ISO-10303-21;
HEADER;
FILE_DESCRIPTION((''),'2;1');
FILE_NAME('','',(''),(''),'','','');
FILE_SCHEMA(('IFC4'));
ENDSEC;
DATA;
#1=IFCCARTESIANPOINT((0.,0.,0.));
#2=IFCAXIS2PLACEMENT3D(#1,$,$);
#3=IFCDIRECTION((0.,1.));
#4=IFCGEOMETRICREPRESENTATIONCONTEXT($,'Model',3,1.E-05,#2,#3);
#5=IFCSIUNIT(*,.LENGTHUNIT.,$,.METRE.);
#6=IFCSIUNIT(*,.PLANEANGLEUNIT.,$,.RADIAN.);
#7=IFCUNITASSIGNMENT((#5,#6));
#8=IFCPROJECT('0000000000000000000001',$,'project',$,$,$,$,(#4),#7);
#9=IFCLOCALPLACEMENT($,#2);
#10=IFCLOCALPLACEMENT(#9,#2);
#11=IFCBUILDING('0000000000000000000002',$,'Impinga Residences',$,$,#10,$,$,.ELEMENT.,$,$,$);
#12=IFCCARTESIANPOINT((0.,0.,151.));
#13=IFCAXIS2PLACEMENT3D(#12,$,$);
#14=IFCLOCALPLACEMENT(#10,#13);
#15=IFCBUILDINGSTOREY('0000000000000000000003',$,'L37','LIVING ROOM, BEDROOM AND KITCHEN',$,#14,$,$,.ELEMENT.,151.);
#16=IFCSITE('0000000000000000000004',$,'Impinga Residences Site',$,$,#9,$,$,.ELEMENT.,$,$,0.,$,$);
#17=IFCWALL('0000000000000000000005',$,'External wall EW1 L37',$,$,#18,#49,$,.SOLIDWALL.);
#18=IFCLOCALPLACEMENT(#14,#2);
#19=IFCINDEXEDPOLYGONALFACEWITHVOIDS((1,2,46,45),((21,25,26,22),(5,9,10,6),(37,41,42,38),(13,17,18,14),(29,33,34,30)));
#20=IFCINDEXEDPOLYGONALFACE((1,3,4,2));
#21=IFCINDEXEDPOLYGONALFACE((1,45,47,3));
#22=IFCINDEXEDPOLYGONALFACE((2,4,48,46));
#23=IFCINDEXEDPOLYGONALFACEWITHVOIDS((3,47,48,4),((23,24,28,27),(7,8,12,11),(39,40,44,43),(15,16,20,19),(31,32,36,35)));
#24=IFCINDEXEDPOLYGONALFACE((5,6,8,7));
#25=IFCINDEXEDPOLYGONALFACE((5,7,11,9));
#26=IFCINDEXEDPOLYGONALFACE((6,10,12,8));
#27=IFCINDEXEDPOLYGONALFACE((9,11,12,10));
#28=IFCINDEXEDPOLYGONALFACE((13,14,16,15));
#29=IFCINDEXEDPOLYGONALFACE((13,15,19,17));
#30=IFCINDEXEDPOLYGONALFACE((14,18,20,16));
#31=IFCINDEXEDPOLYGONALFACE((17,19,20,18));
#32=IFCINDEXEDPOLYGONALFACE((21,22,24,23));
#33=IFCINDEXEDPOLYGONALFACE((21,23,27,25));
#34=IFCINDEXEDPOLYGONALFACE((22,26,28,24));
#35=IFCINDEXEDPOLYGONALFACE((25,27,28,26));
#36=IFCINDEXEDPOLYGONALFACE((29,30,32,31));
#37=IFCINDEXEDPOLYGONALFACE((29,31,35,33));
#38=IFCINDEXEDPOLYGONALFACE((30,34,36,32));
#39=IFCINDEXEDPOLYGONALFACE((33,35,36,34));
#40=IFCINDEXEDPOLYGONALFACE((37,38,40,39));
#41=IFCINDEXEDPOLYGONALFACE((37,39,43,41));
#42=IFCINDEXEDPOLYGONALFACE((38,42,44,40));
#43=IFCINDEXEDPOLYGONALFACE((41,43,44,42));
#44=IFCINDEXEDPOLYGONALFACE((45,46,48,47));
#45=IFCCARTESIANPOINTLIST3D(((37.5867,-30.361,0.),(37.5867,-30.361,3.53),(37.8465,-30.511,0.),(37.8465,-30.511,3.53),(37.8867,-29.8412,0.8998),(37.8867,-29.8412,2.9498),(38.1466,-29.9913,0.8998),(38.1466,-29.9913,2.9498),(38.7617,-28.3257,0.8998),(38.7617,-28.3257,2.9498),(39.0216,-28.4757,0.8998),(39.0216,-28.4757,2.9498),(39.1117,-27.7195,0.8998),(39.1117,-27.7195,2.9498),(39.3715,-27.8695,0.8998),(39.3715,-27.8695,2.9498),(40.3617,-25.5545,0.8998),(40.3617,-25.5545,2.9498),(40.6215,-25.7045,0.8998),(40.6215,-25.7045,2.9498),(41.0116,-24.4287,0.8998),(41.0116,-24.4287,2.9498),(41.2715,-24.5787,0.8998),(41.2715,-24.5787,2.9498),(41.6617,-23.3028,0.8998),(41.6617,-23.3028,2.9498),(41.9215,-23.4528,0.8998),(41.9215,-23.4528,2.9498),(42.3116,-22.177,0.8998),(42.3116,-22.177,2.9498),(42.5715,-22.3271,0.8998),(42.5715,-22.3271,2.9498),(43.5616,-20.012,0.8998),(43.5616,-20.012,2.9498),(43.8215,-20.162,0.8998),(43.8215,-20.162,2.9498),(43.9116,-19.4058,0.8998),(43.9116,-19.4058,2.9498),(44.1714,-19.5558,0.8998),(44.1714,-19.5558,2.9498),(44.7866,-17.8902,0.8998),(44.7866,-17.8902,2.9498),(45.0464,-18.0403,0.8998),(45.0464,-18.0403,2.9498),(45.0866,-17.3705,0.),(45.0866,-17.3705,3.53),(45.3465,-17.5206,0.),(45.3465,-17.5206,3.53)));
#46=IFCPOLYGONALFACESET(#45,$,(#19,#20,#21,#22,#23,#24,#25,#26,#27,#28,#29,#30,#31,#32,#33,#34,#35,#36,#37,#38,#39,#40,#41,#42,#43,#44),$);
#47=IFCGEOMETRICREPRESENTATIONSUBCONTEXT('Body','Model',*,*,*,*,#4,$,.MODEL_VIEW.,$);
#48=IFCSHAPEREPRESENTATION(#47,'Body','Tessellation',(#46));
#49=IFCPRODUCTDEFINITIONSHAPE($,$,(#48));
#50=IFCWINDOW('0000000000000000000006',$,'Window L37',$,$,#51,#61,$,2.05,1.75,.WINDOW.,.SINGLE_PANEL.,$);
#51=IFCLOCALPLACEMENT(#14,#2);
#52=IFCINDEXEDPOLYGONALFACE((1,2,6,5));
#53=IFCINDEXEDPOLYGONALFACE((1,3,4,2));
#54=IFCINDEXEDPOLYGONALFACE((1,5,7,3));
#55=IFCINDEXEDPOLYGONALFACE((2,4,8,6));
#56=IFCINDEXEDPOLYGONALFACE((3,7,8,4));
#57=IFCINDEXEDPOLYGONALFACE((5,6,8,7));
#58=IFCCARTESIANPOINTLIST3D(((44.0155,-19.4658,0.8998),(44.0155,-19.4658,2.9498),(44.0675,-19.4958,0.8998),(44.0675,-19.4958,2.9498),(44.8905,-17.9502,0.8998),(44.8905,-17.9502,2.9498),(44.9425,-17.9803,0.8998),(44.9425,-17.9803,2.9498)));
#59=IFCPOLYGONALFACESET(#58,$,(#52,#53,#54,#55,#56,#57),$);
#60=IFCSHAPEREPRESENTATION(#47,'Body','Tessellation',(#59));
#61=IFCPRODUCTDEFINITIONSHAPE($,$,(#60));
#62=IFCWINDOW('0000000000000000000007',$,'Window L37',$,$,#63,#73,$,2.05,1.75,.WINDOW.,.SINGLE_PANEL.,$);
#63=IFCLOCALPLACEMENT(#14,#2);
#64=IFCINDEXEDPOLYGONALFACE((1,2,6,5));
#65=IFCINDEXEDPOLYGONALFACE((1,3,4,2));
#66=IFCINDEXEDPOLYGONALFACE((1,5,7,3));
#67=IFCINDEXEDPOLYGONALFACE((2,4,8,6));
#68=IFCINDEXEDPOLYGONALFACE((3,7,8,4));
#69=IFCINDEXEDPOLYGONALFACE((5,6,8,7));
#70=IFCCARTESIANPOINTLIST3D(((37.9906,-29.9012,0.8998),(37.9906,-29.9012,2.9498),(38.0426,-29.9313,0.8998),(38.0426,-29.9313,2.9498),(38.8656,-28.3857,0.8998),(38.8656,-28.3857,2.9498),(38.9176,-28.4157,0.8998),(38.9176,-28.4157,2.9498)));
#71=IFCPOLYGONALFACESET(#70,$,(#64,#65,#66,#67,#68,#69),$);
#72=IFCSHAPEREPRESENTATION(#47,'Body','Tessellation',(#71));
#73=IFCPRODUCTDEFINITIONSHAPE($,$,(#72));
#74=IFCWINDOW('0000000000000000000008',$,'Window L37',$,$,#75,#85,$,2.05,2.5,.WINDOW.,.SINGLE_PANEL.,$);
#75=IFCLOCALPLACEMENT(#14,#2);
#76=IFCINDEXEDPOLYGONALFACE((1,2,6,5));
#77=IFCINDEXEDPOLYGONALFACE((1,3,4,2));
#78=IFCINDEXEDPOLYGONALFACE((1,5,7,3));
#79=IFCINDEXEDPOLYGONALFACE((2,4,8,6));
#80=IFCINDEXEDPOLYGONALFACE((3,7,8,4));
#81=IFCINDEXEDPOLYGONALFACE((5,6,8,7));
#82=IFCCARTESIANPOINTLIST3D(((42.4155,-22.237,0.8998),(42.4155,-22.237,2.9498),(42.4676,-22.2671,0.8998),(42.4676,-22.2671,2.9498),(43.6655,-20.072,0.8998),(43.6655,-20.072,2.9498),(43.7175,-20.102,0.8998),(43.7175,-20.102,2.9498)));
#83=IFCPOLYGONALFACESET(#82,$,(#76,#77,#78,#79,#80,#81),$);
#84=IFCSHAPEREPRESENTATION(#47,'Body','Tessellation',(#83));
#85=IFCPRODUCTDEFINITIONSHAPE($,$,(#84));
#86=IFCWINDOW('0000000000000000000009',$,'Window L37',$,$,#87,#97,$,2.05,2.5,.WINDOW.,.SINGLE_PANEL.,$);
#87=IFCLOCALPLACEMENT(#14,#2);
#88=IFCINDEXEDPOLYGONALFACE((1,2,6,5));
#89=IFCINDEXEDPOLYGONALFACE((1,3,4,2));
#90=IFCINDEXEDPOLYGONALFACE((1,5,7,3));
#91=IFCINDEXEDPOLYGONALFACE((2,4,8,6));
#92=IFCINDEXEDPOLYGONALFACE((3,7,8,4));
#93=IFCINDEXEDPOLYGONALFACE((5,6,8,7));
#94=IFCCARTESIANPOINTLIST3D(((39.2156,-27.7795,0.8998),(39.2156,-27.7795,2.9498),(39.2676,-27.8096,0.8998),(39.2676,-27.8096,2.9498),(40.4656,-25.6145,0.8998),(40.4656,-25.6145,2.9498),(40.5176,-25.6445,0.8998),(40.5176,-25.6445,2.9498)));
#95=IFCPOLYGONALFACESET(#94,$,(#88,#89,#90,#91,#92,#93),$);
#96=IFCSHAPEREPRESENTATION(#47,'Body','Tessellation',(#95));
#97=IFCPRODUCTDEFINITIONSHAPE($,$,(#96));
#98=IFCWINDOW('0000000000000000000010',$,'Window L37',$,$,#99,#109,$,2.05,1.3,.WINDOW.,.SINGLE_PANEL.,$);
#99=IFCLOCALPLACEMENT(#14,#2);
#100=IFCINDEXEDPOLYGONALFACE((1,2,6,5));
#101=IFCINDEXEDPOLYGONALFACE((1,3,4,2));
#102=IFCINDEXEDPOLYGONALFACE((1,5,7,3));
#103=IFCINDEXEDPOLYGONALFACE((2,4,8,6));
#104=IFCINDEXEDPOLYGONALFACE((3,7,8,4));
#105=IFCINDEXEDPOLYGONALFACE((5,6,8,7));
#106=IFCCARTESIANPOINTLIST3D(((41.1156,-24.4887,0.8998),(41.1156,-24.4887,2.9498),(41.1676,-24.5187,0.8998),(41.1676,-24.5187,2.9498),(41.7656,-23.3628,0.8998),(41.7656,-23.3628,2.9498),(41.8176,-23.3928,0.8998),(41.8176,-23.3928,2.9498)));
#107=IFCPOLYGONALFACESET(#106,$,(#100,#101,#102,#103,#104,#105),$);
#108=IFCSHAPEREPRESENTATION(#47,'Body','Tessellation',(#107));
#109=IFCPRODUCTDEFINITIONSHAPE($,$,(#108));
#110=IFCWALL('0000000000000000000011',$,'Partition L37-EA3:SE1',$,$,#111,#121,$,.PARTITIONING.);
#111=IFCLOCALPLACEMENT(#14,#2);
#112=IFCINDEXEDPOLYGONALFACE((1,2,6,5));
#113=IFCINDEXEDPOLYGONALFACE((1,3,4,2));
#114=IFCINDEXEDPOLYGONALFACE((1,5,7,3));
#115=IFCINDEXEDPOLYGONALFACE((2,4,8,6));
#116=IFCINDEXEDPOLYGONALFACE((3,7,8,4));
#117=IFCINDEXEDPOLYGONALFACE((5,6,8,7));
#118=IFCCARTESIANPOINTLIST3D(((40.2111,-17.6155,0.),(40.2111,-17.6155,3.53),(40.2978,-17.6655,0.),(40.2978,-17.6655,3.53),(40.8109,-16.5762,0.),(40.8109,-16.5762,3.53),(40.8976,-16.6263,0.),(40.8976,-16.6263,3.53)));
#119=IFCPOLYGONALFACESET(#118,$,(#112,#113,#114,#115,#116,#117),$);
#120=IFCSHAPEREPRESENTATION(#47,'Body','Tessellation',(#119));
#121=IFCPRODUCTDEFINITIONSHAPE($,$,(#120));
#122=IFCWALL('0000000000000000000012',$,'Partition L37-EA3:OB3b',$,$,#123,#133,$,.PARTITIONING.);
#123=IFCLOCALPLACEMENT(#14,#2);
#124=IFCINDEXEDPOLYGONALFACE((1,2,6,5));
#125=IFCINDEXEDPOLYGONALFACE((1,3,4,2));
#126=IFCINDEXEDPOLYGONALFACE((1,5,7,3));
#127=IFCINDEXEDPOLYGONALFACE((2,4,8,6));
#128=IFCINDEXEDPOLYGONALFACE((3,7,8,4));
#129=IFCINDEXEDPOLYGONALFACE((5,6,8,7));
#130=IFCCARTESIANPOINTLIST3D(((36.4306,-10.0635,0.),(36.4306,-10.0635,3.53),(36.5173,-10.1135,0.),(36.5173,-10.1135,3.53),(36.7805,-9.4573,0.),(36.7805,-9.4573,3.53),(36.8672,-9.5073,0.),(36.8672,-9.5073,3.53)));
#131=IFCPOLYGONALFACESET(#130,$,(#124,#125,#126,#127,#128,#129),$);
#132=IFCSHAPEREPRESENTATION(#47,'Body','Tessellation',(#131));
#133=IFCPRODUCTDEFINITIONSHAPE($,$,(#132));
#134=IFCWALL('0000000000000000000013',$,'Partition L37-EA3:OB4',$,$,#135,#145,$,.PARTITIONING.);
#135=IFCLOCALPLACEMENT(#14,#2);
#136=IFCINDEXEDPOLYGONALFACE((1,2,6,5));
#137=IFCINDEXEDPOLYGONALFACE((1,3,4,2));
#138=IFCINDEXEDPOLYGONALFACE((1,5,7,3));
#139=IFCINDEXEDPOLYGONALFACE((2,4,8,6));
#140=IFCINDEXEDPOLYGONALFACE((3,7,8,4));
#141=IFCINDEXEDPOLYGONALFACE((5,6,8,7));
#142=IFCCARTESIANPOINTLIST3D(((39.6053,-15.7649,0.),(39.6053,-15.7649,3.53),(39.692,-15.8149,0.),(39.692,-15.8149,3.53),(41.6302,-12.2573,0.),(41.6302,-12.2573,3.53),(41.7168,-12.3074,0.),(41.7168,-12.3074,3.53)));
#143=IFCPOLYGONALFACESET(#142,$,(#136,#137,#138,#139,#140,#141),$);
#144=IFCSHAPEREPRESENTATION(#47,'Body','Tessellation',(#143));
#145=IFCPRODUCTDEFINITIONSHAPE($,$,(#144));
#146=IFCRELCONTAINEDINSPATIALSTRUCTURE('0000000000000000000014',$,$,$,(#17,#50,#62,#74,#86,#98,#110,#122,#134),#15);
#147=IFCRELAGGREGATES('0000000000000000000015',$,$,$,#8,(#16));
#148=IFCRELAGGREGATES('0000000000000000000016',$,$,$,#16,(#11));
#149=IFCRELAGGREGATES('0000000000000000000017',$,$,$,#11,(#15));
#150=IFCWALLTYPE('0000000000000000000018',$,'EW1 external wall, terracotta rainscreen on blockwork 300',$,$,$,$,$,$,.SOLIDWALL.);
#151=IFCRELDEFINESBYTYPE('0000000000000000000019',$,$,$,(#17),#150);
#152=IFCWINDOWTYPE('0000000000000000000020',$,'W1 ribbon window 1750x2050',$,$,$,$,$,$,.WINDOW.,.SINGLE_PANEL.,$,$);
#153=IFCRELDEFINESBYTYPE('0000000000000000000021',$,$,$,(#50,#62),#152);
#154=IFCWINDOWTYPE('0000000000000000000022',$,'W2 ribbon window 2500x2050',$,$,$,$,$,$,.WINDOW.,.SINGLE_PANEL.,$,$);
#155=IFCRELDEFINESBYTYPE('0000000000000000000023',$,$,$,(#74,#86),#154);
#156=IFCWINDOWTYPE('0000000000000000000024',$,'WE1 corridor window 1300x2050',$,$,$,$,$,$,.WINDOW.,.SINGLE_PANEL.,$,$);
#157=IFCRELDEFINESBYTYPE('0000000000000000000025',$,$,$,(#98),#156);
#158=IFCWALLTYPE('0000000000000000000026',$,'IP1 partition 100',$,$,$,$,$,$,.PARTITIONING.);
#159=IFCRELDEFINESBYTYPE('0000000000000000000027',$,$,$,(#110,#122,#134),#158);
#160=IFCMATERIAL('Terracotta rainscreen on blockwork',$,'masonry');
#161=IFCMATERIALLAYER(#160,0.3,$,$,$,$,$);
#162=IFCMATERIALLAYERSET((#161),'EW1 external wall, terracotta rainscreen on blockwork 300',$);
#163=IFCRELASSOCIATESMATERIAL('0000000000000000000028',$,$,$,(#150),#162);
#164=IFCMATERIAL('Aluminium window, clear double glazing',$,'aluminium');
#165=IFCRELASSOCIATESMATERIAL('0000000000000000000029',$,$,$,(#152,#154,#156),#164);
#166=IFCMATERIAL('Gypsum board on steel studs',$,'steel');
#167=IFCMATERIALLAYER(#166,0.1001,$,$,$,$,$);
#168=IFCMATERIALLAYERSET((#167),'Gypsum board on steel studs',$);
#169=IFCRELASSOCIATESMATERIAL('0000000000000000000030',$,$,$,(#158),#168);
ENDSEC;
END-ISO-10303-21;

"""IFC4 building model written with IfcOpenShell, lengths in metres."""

from ifc_helpers import new_model, si_unit, direction, frame, frame_2d, origin, place, context, subcontext, project, spatial, rectangle, extrude, material, layer, layer_set, type_object, element, fill, save


model = new_model("IFC4")

# Units and contexts
model_context = context("Model", 3, precision=1e-05, world=origin(), true_north=direction((0.0, 1.0)))
body_context = subcontext(model_context, "Body", "Model", "MODEL_VIEW")
ifc_project = project(units=[si_unit("LENGTHUNIT", "METRE"), si_unit("PLANEANGLEUNIT", "RADIAN")], contexts=[model_context])

# Site, building, storey
site_placement = place(None, origin())
site = spatial("IfcSite", under=ifc_project, at=site_placement, Name="Impinga Residences Site", CompositionType="ELEMENT", RefElevation=0.0)
building_placement = place(site_placement, origin())
building = spatial("IfcBuilding", under=site, at=building_placement, Name="Impinga Residences", CompositionType="ELEMENT")
storey_placement = place(building_placement, frame((0.0, 0.0, 151.0)))
storey = spatial("IfcBuildingStorey", under=building, at=storey_placement, Name="L37", Description="LIVING ROOM, BEDROOM AND KITCHEN", CompositionType="ELEMENT", Elevation=151.0)

# Shared definitions
ifc_material_1 = material(Name="Terracotta rainscreen on blockwork", Category="masonry")
ifc_layer_1 = layer(ifc_material_1, 0.3)
ifc_layer_set_1 = layer_set([ifc_layer_1], Name="EW1 external wall, terracotta rainscreen on blockwork 300")
wall_type_1 = type_object("IfcWallType", Name="EW1 external wall, terracotta rainscreen on blockwork 300", PredefinedType="SOLIDWALL", material=ifc_layer_set_1)

# Wall, openings, windows
wall_1_placement = place(storey_placement, frame((45.2166, -17.4456, 0.0), z_axis=(0.0, 0.0, 1.0), x_axis=(-0.499997, -0.866027, 0.0)))
wall_1 = element("IfcWall", 1, at=wall_1_placement, inside=storey, type_object=wall_type_1, Name="External wall EW1 L37", PredefinedType="SOLIDWALL", context=body_context, shape_type="SweptSolid", body=[
    extrude(rectangle(XDim=15.0, YDim=0.3, at=frame_2d((7.5, 0.0))), origin(), (0.0, 0.0, 1.0), 3.53),
])
opening_1_placement = place(wall_1_placement, frame((0.6001, 0.0, 0.8999)))
opening_1 = element("IfcOpeningElement", 2, at=opening_1_placement, cuts=wall_1, PredefinedType="OPENING", context=body_context, shape_type="SweptSolid", body=[
    extrude(rectangle(XDim=1.75, YDim=2.05, at=frame_2d((0.875, 1.0249))), frame((0.0, 0.1599, 0.0), z_axis=(0.0, -1.0, 0.0), x_axis=(1.0, 0.0, 0.0)), (0.0, 0.0, 1.0), 0.3201),
])
opening_2_placement = place(wall_1_placement, frame((3.05, 0.0, 0.8999)))
opening_2 = element("IfcOpeningElement", 3, at=opening_2_placement, cuts=wall_1, PredefinedType="OPENING", context=body_context, shape_type="SweptSolid", body=[
    extrude(rectangle(XDim=2.5, YDim=2.05, at=frame_2d((1.25, 1.0249))), frame((0.0, 0.1599, 0.0), z_axis=(0.0, -1.0, 0.0), x_axis=(1.0, 0.0, 0.0)), (0.0, 0.0, 1.0), 0.3201),
])
opening_3_placement = place(wall_1_placement, frame((6.8501, 0.0, 0.8999)))
opening_3 = element("IfcOpeningElement", 4, at=opening_3_placement, cuts=wall_1, PredefinedType="OPENING", context=body_context, shape_type="SweptSolid", body=[
    extrude(rectangle(XDim=1.3, YDim=2.05, at=frame_2d((0.6499, 1.0249))), frame((0.0, 0.1599, 0.0), z_axis=(0.0, -1.0, 0.0), x_axis=(1.0, 0.0, 0.0)), (0.0, 0.0, 1.0), 0.3201),
])
opening_4_placement = place(wall_1_placement, frame((9.45, 0.0, 0.8999)))
opening_4 = element("IfcOpeningElement", 5, at=opening_4_placement, cuts=wall_1, PredefinedType="OPENING", context=body_context, shape_type="SweptSolid", body=[
    extrude(rectangle(XDim=2.5, YDim=2.05, at=frame_2d((1.25, 1.0249))), frame((0.0, 0.1599, 0.0), z_axis=(0.0, -1.0, 0.0), x_axis=(1.0, 0.0, 0.0)), (0.0, 0.0, 1.0), 0.3201),
])
opening_5_placement = place(wall_1_placement, frame((12.6499, 0.0, 0.8999)))
opening_5 = element("IfcOpeningElement", 6, at=opening_5_placement, cuts=wall_1, PredefinedType="OPENING", context=body_context, shape_type="SweptSolid", body=[
    extrude(rectangle(XDim=1.75, YDim=2.05, at=frame_2d((0.875, 1.0249))), frame((0.0, 0.1599, 0.0), z_axis=(0.0, -1.0, 0.0), x_axis=(1.0, 0.0, 0.0)), (0.0, 0.0, 1.0), 0.3201),
])
ifc_material_2 = material(Name="Aluminium window, clear double glazing", Category="aluminium")
window_type_1 = type_object("IfcWindowType", Name="W1 ribbon window 1750x2050", PartitioningType="SINGLE_PANEL", PredefinedType="WINDOW", material=ifc_material_2)
window_1_placement = place(opening_1_placement, origin())
window_1 = element("IfcWindow", 7, at=window_1_placement, inside=storey, type_object=window_type_1, Name="Window L37", OverallHeight=2.05, OverallWidth=1.75, PartitioningType="SINGLE_PANEL", PredefinedType="WINDOW", context=body_context, shape_type="SweptSolid", body=[
    extrude(rectangle(XDim=1.75, YDim=2.05, at=frame_2d((0.875, 1.0249))), frame((0.0, 0.03, 0.0), z_axis=(0.0, -1.0, 0.0), x_axis=(1.0, 0.0, 0.0)), (0.0, 0.0, 1.0), 0.0601),
])
fill(opening_1, window_1)
window_2_placement = place(opening_5_placement, origin())
window_2 = element("IfcWindow", 8, at=window_2_placement, inside=storey, type_object=window_type_1, Name="Window L37", OverallHeight=2.05, OverallWidth=1.75, PartitioningType="SINGLE_PANEL", PredefinedType="WINDOW", context=body_context, shape_type="SweptSolid", body=[
    extrude(rectangle(XDim=1.75, YDim=2.05, at=frame_2d((0.875, 1.0249))), frame((0.0, 0.03, 0.0), z_axis=(0.0, -1.0, 0.0), x_axis=(1.0, 0.0, 0.0)), (0.0, 0.0, 1.0), 0.0601),
])
fill(opening_5, window_2)
window_type_2 = type_object("IfcWindowType", Name="W2 ribbon window 2500x2050", PartitioningType="SINGLE_PANEL", PredefinedType="WINDOW", material=ifc_material_2)
window_3_placement = place(opening_2_placement, origin())
window_3 = element("IfcWindow", 9, at=window_3_placement, inside=storey, type_object=window_type_2, Name="Window L37", OverallHeight=2.05, OverallWidth=2.5, PartitioningType="SINGLE_PANEL", PredefinedType="WINDOW", context=body_context, shape_type="SweptSolid", body=[
    extrude(rectangle(XDim=2.5, YDim=2.05, at=frame_2d((1.25, 1.0249))), frame((0.0, 0.03, 0.0), z_axis=(0.0, -1.0, 0.0), x_axis=(1.0, 0.0, 0.0)), (0.0, 0.0, 1.0), 0.0601),
])
fill(opening_2, window_3)
window_4_placement = place(opening_4_placement, origin())
window_4 = element("IfcWindow", 10, at=window_4_placement, inside=storey, type_object=window_type_2, Name="Window L37", OverallHeight=2.05, OverallWidth=2.5, PartitioningType="SINGLE_PANEL", PredefinedType="WINDOW", context=body_context, shape_type="SweptSolid", body=[
    extrude(rectangle(XDim=2.5, YDim=2.05, at=frame_2d((1.25, 1.0249))), frame((0.0, 0.03, 0.0), z_axis=(0.0, -1.0, 0.0), x_axis=(1.0, 0.0, 0.0)), (0.0, 0.0, 1.0), 0.0601),
])
fill(opening_4, window_4)
window_type_3 = type_object("IfcWindowType", Name="WE1 corridor window 1300x2050", PartitioningType="SINGLE_PANEL", PredefinedType="WINDOW", material=ifc_material_2)
window_5_placement = place(opening_3_placement, origin())
window_5 = element("IfcWindow", 11, at=window_5_placement, inside=storey, type_object=window_type_3, Name="Window L37", OverallHeight=2.05, OverallWidth=1.3, PartitioningType="SINGLE_PANEL", PredefinedType="WINDOW", context=body_context, shape_type="SweptSolid", body=[
    extrude(rectangle(XDim=1.3, YDim=2.05, at=frame_2d((0.6499, 1.0249))), frame((0.0, 0.03, 0.0), z_axis=(0.0, -1.0, 0.0), x_axis=(1.0, 0.0, 0.0)), (0.0, 0.0, 1.0), 0.0601),
])
fill(opening_3, window_5)

# Walls
ifc_material_3 = material(Name="Gypsum board on steel studs", Category="steel")
ifc_layer_2 = layer(ifc_material_3, 0.1001)
ifc_layer_set_2 = layer_set([ifc_layer_2], Name="Gypsum board on steel studs")
wall_type_2 = type_object("IfcWallType", Name="IP1 partition 100", PredefinedType="PARTITIONING", material=ifc_layer_set_2)
wall_2_placement = place(storey_placement, frame((40.2544, -17.6406, 0.0), z_axis=(0.0, 0.0, 1.0), x_axis=(0.499881, 0.866094, 0.0)))
element("IfcWall", 12, at=wall_2_placement, inside=storey, type_object=wall_type_2, Name="Partition L37-EA3:SE1", PredefinedType="PARTITIONING", context=body_context, shape_type="SweptSolid", body=[
    extrude(rectangle(XDim=1.2, YDim=0.1001, at=frame_2d((0.6001, 0.0))), origin(), (0.0, 0.0, 1.0), 3.53),
])
wall_3_placement = place(storey_placement, frame((36.4739, -10.0886, 0.0), z_axis=(0.0, 0.0, 1.0), x_axis=(0.499853, 0.86611, 0.0)))
element("IfcWall", 13, at=wall_3_placement, inside=storey, type_object=wall_type_2, Name="Partition L37-EA3:OB3b", PredefinedType="PARTITIONING", context=body_context, shape_type="SweptSolid", body=[
    extrude(rectangle(XDim=0.7, YDim=0.1001, at=frame_2d((0.3501, 0.0))), origin(), (0.0, 0.0, 1.0), 3.53),
])
wall_4_placement = place(storey_placement, frame((39.6487, -15.7898, 0.0), z_axis=(0.0, 0.0, 1.0), x_axis=(0.499964, 0.866046, 0.0)))
element("IfcWall", 14, at=wall_4_placement, inside=storey, type_object=wall_type_2, Name="Partition L37-EA3:OB4", PredefinedType="PARTITIONING", context=body_context, shape_type="SweptSolid", body=[
    extrude(rectangle(XDim=4.05, YDim=0.1001, at=frame_2d((2.0249, 0.0))), origin(), (0.0, 0.0, 1.0), 3.53),
])

save(model, "model.ifc")
